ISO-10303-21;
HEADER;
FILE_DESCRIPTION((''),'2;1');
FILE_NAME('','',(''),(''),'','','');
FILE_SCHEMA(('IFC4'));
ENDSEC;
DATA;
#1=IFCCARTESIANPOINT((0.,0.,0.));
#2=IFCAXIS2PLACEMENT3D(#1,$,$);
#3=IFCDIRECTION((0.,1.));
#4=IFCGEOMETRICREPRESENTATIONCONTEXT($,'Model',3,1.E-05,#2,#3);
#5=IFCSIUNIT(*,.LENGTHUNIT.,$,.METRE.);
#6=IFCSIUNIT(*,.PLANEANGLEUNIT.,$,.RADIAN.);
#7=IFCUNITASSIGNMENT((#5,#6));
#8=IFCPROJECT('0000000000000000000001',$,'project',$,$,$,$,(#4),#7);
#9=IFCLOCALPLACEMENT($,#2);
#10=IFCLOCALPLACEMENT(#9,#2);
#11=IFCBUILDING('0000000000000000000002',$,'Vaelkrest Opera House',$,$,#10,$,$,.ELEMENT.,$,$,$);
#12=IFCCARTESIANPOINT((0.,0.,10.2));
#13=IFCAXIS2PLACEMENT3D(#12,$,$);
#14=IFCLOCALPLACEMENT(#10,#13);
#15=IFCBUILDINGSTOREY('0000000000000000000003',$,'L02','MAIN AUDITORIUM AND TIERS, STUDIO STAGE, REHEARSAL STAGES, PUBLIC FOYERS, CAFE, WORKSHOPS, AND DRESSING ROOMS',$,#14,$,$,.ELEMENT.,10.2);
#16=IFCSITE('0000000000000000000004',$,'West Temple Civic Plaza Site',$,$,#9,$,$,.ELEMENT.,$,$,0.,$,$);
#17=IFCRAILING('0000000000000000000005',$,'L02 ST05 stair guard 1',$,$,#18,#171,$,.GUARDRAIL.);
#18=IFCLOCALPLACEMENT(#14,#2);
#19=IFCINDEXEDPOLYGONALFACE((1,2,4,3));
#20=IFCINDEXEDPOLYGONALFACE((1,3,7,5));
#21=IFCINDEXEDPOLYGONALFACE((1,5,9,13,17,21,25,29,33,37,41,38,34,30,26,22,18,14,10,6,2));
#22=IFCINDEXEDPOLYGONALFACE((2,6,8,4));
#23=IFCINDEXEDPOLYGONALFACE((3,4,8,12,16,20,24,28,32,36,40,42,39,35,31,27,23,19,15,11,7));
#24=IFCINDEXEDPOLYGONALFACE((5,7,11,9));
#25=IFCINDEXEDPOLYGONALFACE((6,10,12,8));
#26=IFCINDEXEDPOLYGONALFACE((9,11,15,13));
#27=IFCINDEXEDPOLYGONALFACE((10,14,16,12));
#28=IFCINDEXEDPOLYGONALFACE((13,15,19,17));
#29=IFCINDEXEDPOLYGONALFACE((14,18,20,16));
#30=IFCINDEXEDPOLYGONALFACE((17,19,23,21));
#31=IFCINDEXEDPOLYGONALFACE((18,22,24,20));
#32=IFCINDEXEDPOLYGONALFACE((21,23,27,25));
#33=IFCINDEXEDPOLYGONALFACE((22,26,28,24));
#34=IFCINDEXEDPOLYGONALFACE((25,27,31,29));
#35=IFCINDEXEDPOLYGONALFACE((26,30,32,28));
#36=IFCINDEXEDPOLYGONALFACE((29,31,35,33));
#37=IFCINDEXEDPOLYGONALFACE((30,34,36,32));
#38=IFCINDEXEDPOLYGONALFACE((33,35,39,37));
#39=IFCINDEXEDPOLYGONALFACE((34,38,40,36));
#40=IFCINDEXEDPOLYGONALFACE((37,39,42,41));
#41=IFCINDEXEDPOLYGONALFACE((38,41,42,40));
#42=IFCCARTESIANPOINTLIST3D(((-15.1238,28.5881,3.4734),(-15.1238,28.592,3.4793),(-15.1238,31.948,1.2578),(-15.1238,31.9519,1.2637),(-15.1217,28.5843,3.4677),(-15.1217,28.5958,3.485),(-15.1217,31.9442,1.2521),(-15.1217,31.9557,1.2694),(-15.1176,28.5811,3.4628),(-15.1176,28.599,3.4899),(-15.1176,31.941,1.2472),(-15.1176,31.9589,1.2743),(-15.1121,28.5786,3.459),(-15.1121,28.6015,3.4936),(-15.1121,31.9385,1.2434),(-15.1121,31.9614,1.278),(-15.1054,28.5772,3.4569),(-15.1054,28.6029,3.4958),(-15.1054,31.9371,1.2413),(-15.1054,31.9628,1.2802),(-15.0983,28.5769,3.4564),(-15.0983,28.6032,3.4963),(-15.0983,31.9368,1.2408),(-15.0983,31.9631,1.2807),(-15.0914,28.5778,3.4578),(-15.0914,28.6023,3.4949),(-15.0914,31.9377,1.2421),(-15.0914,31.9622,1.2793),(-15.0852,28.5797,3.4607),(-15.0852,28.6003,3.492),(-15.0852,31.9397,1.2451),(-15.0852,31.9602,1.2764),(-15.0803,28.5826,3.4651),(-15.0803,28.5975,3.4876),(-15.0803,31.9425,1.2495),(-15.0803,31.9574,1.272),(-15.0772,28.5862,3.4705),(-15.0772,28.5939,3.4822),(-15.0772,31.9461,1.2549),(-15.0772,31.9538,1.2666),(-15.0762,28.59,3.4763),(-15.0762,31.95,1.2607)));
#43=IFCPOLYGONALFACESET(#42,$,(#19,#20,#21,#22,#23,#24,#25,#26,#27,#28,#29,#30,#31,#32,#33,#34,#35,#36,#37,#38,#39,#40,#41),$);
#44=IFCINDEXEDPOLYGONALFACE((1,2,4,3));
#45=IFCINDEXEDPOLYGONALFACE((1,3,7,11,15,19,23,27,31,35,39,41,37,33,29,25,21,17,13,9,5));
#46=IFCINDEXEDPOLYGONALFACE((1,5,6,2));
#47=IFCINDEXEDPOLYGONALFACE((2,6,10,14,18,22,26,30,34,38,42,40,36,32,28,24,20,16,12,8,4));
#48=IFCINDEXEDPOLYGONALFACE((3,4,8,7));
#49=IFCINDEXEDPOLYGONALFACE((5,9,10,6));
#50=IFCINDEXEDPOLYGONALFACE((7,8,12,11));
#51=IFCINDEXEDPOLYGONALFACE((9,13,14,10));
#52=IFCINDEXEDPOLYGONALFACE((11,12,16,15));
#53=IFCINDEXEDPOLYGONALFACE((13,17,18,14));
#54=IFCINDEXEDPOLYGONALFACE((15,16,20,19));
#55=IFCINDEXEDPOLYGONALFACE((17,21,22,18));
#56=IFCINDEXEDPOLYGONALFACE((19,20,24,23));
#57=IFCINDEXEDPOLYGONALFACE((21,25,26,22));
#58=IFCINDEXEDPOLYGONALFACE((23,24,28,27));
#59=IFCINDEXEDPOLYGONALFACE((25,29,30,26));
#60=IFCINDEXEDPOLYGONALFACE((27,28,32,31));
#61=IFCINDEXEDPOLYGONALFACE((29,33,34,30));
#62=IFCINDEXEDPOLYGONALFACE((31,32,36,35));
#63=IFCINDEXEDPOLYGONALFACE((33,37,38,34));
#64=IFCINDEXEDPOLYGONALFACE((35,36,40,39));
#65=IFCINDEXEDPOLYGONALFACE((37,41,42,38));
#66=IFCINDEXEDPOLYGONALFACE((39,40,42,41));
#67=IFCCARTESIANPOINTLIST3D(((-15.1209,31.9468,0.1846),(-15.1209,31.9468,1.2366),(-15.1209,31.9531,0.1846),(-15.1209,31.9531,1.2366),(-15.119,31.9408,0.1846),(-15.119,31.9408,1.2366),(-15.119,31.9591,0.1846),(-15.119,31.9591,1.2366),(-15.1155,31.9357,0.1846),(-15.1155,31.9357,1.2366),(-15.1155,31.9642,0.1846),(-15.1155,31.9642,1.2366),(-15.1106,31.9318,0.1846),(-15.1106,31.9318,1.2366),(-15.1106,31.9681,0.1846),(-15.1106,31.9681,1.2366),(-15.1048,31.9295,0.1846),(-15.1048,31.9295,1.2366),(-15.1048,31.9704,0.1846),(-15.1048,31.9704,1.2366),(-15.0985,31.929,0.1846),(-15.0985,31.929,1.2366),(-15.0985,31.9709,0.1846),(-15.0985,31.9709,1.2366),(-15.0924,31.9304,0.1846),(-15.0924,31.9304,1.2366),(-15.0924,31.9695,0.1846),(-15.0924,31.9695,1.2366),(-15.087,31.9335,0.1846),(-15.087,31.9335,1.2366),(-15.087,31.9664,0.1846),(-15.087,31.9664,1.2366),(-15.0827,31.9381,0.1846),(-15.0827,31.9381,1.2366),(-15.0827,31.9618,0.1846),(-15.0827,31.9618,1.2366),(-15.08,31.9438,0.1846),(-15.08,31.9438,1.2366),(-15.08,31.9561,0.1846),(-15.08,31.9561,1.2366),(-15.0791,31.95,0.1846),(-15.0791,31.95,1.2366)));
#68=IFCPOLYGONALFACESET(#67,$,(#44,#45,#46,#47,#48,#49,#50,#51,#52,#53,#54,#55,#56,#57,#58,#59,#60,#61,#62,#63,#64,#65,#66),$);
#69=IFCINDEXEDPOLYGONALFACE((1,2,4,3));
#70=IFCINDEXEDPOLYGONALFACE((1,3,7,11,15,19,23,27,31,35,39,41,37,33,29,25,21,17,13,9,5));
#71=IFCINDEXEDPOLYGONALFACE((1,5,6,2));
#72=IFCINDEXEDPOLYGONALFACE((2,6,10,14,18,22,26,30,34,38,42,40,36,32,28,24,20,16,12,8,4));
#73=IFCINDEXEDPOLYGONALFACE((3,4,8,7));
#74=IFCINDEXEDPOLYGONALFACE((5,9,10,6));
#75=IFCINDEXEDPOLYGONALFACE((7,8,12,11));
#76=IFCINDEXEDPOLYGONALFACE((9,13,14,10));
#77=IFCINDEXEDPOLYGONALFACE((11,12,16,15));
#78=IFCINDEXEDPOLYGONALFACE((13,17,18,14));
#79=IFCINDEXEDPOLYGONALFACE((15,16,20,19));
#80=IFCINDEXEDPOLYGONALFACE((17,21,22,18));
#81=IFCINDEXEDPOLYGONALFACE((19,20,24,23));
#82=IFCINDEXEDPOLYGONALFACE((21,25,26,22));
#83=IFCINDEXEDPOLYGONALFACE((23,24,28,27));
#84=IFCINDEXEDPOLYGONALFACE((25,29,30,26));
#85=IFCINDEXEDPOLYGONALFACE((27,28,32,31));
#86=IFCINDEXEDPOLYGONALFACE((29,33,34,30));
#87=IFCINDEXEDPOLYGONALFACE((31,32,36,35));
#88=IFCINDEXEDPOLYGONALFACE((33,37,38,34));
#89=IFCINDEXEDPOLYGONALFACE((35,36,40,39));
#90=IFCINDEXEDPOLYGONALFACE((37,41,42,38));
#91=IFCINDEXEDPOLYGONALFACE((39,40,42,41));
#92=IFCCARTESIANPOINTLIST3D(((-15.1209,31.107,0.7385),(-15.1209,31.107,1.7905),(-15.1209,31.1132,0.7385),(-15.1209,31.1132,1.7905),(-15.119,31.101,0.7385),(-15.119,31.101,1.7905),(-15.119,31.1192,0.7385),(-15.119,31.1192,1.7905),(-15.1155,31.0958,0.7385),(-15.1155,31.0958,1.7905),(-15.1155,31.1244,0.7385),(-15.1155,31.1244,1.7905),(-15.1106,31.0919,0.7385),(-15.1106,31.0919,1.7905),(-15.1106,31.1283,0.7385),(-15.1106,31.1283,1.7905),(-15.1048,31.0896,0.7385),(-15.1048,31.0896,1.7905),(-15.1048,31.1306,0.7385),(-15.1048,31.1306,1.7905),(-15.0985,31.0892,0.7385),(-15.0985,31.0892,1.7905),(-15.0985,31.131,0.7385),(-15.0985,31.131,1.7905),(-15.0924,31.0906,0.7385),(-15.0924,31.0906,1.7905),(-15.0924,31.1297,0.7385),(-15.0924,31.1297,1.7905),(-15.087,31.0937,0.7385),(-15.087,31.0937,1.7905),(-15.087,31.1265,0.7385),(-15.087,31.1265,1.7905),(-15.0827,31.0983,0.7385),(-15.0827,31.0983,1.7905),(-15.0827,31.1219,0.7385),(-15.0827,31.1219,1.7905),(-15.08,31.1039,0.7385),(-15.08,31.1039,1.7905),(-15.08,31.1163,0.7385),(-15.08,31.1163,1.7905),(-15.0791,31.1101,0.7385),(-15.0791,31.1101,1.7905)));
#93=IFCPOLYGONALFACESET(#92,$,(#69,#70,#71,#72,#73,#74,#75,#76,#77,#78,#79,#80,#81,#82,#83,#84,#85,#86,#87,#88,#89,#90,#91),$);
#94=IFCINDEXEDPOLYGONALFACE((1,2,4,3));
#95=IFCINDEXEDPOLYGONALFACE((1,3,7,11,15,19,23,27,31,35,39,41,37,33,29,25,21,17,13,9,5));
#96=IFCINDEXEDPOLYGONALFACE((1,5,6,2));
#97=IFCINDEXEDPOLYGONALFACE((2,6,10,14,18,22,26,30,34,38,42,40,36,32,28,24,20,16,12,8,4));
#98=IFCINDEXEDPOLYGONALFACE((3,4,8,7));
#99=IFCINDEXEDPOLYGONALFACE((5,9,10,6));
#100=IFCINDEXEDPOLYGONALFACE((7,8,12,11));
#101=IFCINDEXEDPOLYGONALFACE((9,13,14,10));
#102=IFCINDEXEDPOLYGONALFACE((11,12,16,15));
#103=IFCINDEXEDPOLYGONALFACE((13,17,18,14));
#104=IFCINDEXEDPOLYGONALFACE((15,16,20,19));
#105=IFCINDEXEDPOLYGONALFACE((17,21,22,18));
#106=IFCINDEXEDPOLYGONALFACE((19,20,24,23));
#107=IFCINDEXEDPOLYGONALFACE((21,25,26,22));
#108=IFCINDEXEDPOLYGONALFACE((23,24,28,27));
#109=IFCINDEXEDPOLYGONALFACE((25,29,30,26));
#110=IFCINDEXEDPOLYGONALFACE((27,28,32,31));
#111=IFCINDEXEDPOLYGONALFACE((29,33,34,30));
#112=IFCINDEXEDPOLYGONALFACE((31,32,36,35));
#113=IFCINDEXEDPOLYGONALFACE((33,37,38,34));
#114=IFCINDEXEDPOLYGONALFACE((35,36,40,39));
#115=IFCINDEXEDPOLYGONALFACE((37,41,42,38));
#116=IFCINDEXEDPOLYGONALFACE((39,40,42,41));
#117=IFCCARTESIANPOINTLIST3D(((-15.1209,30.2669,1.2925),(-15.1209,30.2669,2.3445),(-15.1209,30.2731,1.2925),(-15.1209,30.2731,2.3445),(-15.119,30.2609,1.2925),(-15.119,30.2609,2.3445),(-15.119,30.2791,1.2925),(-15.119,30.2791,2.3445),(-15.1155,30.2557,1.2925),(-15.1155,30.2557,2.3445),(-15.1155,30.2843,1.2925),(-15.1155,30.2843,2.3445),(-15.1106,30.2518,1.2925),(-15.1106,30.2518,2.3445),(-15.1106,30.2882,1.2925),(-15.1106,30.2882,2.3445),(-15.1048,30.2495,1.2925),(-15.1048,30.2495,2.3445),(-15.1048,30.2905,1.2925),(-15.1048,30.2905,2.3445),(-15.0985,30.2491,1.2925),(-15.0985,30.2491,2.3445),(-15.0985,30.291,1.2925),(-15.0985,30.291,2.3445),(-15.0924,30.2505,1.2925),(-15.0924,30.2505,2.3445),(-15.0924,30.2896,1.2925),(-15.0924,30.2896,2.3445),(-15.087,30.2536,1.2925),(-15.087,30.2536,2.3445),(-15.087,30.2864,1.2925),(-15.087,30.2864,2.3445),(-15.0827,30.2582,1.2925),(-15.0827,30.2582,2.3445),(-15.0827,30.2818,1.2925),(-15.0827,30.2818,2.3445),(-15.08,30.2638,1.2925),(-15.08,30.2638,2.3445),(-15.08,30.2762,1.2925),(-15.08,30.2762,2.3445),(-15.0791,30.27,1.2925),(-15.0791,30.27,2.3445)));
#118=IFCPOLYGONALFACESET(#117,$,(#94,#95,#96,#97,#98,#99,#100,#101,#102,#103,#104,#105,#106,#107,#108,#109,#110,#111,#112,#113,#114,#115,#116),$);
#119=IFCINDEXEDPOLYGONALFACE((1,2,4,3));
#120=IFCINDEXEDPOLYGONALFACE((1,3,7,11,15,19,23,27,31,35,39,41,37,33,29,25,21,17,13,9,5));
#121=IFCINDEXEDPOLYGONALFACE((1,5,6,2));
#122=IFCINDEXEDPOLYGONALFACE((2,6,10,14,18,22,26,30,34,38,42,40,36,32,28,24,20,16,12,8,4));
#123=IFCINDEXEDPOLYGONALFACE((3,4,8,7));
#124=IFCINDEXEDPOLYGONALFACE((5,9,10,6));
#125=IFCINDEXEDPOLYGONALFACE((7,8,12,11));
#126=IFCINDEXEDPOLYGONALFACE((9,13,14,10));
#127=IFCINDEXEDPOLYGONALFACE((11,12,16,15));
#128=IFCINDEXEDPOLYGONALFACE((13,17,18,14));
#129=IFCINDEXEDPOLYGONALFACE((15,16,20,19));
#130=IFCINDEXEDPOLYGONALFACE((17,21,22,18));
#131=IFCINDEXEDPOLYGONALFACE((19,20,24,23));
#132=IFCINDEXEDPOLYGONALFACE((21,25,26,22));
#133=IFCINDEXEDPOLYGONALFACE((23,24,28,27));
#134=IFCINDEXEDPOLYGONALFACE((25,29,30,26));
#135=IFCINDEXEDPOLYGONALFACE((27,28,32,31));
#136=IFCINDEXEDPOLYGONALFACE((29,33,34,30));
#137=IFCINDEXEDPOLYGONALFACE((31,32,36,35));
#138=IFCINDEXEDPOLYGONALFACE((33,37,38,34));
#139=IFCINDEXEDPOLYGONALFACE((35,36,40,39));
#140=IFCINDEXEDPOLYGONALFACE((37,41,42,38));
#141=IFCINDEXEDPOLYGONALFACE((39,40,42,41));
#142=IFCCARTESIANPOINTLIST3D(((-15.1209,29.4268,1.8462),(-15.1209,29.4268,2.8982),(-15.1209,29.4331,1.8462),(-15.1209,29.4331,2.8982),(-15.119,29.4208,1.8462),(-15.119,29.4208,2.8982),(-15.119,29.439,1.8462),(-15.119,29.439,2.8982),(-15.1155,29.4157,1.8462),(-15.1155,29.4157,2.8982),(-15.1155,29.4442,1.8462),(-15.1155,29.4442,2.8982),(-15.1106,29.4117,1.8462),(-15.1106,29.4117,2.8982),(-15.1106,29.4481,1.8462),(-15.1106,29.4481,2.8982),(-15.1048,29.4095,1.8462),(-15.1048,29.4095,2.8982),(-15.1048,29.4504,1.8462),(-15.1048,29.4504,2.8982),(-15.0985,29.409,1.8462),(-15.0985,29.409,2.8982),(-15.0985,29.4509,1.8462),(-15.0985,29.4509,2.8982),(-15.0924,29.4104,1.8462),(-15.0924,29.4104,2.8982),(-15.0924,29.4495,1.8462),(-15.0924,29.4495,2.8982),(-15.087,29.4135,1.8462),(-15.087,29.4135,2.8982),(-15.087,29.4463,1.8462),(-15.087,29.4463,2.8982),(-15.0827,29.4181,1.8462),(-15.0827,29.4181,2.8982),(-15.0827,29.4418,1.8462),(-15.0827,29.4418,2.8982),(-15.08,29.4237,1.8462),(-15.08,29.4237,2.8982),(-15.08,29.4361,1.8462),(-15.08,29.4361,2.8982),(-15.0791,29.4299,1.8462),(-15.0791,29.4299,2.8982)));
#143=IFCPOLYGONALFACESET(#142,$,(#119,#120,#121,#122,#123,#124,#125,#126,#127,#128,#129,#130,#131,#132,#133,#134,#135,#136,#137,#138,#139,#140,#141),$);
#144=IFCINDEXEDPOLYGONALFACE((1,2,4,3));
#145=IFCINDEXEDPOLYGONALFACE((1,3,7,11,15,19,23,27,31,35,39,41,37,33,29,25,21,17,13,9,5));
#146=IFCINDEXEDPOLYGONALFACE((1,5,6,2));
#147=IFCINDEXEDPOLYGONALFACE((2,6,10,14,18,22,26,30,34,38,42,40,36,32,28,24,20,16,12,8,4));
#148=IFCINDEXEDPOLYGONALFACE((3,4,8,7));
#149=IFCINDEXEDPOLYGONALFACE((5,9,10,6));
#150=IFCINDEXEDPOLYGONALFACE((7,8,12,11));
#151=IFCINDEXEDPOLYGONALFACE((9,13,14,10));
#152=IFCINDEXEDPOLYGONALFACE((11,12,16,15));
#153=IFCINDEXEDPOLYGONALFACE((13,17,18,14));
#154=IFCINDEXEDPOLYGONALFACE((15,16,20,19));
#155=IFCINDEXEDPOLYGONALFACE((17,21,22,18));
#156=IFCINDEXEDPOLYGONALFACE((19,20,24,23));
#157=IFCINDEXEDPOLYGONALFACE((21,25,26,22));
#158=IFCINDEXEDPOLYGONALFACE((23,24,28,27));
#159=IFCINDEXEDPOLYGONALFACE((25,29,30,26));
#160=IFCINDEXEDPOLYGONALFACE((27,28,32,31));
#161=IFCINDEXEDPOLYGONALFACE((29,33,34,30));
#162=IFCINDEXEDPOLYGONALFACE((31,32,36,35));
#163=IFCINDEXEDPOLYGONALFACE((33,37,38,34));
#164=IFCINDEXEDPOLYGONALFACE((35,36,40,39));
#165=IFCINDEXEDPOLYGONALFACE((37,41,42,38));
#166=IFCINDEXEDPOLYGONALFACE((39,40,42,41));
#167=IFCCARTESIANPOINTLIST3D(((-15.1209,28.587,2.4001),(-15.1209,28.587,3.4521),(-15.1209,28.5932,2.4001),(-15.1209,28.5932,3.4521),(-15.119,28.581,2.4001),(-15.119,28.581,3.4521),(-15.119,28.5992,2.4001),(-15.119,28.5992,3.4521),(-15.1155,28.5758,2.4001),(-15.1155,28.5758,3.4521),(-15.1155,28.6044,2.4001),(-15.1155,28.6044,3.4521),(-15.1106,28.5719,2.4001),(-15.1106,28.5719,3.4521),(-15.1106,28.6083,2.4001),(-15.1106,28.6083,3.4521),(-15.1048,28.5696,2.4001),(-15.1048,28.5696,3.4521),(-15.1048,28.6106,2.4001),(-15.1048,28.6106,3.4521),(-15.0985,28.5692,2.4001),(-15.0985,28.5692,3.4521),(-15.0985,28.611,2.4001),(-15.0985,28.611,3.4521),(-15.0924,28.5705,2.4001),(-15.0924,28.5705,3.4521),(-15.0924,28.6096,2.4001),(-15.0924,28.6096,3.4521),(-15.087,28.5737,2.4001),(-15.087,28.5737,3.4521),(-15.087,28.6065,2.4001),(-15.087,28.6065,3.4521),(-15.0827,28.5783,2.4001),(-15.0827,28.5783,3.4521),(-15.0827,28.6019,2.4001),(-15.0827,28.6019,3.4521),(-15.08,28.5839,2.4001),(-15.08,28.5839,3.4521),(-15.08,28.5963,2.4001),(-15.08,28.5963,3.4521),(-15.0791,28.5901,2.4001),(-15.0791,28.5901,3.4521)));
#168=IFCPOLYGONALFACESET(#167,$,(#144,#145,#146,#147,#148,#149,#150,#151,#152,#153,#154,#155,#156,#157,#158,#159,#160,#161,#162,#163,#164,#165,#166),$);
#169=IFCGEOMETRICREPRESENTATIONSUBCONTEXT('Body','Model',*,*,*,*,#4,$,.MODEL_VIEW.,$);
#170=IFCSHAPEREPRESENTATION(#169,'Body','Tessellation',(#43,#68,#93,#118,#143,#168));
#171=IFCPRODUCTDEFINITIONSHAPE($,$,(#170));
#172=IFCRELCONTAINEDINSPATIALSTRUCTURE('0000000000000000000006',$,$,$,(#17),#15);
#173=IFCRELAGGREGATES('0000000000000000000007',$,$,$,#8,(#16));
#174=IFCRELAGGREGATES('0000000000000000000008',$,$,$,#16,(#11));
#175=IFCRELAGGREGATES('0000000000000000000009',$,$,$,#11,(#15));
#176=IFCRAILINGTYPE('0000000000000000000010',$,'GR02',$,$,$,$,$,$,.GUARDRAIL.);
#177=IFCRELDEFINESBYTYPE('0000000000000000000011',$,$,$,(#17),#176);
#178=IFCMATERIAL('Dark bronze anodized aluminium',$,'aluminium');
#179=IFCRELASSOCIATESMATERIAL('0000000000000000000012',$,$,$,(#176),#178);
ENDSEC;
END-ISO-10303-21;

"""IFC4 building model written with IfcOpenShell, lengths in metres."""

from ifc_helpers import new_model, si_unit, direction, frame, origin, origin_2d, place, context, subcontext, project, spatial, circle, extrude, material, type_object, element, save


model = new_model("IFC4")

# Units and contexts
model_context = context("Model", 3, precision=1e-05, world=origin(), true_north=direction((0.0, 1.0)))
body_context = subcontext(model_context, "Body", "Model", "MODEL_VIEW")
ifc_project = project(units=[si_unit("LENGTHUNIT", "METRE"), si_unit("PLANEANGLEUNIT", "RADIAN")], contexts=[model_context])

# Site, building, storey
site_placement = place(None, origin())
site = spatial("IfcSite", under=ifc_project, at=site_placement, Name="West Temple Civic Plaza Site", CompositionType="ELEMENT", RefElevation=0.0)
building_placement = place(site_placement, origin())
building = spatial("IfcBuilding", under=site, at=building_placement, Name="Vaelkrest Opera House", CompositionType="ELEMENT")
storey_placement = place(building_placement, frame((0.0, 0.0, 10.2)))
storey = spatial("IfcBuildingStorey", under=building, at=storey_placement, Name="L02", Description="MAIN AUDITORIUM AND TIERS, STUDIO STAGE, REHEARSAL STAGES, PUBLIC FOYERS, CAFE, WORKSHOPS, AND DRESSING ROOMS", CompositionType="ELEMENT", Elevation=10.2)

# Shared definitions
ifc_material_1 = material(Name="Dark bronze anodized aluminium", Category="aluminium")

# Railing
railing_type_1 = type_object("IfcRailingType", Name="GR02", PredefinedType="GUARDRAIL", material=ifc_material_1)
railing_1_placement = place(storey_placement, frame((-15.1001, 31.95, 0.1846)))
element("IfcRailing", 1, at=railing_1_placement, inside=storey, type_object=railing_type_1, Name="L02 ST05 stair guard 1", PredefinedType="GUARDRAIL", context=body_context, shape_type="SweptSolid", body=[
    extrude(circle(Radius=0.0239, at=origin_2d()), frame((0.0, 0.0, 1.0762), z_axis=(0.0, -0.83483, 0.550508), x_axis=(1.0, 0.0, 0.0)), (0.0, 0.0, 1.0), 4.0247),
    extrude(circle(Radius=0.021, at=origin_2d()), origin(), (0.0, 0.0, 1.0), 1.052),
    extrude(circle(Radius=0.021, at=origin_2d()), frame((0.0, -0.8398, 0.554)), (0.0, 0.0, 1.0), 1.052),
    extrude(circle(Radius=0.021, at=origin_2d()), frame((0.0, -1.6799, 1.1079)), (0.0, 0.0, 1.0), 1.052),
    extrude(circle(Radius=0.021, at=origin_2d()), frame((0.0, -2.52, 1.6616)), (0.0, 0.0, 1.0), 1.052),
    extrude(circle(Radius=0.021, at=origin_2d()), frame((0.0, -3.3599, 2.2156)), (0.0, 0.0, 1.0), 1.052),
])

save(model, "model.ifc")
